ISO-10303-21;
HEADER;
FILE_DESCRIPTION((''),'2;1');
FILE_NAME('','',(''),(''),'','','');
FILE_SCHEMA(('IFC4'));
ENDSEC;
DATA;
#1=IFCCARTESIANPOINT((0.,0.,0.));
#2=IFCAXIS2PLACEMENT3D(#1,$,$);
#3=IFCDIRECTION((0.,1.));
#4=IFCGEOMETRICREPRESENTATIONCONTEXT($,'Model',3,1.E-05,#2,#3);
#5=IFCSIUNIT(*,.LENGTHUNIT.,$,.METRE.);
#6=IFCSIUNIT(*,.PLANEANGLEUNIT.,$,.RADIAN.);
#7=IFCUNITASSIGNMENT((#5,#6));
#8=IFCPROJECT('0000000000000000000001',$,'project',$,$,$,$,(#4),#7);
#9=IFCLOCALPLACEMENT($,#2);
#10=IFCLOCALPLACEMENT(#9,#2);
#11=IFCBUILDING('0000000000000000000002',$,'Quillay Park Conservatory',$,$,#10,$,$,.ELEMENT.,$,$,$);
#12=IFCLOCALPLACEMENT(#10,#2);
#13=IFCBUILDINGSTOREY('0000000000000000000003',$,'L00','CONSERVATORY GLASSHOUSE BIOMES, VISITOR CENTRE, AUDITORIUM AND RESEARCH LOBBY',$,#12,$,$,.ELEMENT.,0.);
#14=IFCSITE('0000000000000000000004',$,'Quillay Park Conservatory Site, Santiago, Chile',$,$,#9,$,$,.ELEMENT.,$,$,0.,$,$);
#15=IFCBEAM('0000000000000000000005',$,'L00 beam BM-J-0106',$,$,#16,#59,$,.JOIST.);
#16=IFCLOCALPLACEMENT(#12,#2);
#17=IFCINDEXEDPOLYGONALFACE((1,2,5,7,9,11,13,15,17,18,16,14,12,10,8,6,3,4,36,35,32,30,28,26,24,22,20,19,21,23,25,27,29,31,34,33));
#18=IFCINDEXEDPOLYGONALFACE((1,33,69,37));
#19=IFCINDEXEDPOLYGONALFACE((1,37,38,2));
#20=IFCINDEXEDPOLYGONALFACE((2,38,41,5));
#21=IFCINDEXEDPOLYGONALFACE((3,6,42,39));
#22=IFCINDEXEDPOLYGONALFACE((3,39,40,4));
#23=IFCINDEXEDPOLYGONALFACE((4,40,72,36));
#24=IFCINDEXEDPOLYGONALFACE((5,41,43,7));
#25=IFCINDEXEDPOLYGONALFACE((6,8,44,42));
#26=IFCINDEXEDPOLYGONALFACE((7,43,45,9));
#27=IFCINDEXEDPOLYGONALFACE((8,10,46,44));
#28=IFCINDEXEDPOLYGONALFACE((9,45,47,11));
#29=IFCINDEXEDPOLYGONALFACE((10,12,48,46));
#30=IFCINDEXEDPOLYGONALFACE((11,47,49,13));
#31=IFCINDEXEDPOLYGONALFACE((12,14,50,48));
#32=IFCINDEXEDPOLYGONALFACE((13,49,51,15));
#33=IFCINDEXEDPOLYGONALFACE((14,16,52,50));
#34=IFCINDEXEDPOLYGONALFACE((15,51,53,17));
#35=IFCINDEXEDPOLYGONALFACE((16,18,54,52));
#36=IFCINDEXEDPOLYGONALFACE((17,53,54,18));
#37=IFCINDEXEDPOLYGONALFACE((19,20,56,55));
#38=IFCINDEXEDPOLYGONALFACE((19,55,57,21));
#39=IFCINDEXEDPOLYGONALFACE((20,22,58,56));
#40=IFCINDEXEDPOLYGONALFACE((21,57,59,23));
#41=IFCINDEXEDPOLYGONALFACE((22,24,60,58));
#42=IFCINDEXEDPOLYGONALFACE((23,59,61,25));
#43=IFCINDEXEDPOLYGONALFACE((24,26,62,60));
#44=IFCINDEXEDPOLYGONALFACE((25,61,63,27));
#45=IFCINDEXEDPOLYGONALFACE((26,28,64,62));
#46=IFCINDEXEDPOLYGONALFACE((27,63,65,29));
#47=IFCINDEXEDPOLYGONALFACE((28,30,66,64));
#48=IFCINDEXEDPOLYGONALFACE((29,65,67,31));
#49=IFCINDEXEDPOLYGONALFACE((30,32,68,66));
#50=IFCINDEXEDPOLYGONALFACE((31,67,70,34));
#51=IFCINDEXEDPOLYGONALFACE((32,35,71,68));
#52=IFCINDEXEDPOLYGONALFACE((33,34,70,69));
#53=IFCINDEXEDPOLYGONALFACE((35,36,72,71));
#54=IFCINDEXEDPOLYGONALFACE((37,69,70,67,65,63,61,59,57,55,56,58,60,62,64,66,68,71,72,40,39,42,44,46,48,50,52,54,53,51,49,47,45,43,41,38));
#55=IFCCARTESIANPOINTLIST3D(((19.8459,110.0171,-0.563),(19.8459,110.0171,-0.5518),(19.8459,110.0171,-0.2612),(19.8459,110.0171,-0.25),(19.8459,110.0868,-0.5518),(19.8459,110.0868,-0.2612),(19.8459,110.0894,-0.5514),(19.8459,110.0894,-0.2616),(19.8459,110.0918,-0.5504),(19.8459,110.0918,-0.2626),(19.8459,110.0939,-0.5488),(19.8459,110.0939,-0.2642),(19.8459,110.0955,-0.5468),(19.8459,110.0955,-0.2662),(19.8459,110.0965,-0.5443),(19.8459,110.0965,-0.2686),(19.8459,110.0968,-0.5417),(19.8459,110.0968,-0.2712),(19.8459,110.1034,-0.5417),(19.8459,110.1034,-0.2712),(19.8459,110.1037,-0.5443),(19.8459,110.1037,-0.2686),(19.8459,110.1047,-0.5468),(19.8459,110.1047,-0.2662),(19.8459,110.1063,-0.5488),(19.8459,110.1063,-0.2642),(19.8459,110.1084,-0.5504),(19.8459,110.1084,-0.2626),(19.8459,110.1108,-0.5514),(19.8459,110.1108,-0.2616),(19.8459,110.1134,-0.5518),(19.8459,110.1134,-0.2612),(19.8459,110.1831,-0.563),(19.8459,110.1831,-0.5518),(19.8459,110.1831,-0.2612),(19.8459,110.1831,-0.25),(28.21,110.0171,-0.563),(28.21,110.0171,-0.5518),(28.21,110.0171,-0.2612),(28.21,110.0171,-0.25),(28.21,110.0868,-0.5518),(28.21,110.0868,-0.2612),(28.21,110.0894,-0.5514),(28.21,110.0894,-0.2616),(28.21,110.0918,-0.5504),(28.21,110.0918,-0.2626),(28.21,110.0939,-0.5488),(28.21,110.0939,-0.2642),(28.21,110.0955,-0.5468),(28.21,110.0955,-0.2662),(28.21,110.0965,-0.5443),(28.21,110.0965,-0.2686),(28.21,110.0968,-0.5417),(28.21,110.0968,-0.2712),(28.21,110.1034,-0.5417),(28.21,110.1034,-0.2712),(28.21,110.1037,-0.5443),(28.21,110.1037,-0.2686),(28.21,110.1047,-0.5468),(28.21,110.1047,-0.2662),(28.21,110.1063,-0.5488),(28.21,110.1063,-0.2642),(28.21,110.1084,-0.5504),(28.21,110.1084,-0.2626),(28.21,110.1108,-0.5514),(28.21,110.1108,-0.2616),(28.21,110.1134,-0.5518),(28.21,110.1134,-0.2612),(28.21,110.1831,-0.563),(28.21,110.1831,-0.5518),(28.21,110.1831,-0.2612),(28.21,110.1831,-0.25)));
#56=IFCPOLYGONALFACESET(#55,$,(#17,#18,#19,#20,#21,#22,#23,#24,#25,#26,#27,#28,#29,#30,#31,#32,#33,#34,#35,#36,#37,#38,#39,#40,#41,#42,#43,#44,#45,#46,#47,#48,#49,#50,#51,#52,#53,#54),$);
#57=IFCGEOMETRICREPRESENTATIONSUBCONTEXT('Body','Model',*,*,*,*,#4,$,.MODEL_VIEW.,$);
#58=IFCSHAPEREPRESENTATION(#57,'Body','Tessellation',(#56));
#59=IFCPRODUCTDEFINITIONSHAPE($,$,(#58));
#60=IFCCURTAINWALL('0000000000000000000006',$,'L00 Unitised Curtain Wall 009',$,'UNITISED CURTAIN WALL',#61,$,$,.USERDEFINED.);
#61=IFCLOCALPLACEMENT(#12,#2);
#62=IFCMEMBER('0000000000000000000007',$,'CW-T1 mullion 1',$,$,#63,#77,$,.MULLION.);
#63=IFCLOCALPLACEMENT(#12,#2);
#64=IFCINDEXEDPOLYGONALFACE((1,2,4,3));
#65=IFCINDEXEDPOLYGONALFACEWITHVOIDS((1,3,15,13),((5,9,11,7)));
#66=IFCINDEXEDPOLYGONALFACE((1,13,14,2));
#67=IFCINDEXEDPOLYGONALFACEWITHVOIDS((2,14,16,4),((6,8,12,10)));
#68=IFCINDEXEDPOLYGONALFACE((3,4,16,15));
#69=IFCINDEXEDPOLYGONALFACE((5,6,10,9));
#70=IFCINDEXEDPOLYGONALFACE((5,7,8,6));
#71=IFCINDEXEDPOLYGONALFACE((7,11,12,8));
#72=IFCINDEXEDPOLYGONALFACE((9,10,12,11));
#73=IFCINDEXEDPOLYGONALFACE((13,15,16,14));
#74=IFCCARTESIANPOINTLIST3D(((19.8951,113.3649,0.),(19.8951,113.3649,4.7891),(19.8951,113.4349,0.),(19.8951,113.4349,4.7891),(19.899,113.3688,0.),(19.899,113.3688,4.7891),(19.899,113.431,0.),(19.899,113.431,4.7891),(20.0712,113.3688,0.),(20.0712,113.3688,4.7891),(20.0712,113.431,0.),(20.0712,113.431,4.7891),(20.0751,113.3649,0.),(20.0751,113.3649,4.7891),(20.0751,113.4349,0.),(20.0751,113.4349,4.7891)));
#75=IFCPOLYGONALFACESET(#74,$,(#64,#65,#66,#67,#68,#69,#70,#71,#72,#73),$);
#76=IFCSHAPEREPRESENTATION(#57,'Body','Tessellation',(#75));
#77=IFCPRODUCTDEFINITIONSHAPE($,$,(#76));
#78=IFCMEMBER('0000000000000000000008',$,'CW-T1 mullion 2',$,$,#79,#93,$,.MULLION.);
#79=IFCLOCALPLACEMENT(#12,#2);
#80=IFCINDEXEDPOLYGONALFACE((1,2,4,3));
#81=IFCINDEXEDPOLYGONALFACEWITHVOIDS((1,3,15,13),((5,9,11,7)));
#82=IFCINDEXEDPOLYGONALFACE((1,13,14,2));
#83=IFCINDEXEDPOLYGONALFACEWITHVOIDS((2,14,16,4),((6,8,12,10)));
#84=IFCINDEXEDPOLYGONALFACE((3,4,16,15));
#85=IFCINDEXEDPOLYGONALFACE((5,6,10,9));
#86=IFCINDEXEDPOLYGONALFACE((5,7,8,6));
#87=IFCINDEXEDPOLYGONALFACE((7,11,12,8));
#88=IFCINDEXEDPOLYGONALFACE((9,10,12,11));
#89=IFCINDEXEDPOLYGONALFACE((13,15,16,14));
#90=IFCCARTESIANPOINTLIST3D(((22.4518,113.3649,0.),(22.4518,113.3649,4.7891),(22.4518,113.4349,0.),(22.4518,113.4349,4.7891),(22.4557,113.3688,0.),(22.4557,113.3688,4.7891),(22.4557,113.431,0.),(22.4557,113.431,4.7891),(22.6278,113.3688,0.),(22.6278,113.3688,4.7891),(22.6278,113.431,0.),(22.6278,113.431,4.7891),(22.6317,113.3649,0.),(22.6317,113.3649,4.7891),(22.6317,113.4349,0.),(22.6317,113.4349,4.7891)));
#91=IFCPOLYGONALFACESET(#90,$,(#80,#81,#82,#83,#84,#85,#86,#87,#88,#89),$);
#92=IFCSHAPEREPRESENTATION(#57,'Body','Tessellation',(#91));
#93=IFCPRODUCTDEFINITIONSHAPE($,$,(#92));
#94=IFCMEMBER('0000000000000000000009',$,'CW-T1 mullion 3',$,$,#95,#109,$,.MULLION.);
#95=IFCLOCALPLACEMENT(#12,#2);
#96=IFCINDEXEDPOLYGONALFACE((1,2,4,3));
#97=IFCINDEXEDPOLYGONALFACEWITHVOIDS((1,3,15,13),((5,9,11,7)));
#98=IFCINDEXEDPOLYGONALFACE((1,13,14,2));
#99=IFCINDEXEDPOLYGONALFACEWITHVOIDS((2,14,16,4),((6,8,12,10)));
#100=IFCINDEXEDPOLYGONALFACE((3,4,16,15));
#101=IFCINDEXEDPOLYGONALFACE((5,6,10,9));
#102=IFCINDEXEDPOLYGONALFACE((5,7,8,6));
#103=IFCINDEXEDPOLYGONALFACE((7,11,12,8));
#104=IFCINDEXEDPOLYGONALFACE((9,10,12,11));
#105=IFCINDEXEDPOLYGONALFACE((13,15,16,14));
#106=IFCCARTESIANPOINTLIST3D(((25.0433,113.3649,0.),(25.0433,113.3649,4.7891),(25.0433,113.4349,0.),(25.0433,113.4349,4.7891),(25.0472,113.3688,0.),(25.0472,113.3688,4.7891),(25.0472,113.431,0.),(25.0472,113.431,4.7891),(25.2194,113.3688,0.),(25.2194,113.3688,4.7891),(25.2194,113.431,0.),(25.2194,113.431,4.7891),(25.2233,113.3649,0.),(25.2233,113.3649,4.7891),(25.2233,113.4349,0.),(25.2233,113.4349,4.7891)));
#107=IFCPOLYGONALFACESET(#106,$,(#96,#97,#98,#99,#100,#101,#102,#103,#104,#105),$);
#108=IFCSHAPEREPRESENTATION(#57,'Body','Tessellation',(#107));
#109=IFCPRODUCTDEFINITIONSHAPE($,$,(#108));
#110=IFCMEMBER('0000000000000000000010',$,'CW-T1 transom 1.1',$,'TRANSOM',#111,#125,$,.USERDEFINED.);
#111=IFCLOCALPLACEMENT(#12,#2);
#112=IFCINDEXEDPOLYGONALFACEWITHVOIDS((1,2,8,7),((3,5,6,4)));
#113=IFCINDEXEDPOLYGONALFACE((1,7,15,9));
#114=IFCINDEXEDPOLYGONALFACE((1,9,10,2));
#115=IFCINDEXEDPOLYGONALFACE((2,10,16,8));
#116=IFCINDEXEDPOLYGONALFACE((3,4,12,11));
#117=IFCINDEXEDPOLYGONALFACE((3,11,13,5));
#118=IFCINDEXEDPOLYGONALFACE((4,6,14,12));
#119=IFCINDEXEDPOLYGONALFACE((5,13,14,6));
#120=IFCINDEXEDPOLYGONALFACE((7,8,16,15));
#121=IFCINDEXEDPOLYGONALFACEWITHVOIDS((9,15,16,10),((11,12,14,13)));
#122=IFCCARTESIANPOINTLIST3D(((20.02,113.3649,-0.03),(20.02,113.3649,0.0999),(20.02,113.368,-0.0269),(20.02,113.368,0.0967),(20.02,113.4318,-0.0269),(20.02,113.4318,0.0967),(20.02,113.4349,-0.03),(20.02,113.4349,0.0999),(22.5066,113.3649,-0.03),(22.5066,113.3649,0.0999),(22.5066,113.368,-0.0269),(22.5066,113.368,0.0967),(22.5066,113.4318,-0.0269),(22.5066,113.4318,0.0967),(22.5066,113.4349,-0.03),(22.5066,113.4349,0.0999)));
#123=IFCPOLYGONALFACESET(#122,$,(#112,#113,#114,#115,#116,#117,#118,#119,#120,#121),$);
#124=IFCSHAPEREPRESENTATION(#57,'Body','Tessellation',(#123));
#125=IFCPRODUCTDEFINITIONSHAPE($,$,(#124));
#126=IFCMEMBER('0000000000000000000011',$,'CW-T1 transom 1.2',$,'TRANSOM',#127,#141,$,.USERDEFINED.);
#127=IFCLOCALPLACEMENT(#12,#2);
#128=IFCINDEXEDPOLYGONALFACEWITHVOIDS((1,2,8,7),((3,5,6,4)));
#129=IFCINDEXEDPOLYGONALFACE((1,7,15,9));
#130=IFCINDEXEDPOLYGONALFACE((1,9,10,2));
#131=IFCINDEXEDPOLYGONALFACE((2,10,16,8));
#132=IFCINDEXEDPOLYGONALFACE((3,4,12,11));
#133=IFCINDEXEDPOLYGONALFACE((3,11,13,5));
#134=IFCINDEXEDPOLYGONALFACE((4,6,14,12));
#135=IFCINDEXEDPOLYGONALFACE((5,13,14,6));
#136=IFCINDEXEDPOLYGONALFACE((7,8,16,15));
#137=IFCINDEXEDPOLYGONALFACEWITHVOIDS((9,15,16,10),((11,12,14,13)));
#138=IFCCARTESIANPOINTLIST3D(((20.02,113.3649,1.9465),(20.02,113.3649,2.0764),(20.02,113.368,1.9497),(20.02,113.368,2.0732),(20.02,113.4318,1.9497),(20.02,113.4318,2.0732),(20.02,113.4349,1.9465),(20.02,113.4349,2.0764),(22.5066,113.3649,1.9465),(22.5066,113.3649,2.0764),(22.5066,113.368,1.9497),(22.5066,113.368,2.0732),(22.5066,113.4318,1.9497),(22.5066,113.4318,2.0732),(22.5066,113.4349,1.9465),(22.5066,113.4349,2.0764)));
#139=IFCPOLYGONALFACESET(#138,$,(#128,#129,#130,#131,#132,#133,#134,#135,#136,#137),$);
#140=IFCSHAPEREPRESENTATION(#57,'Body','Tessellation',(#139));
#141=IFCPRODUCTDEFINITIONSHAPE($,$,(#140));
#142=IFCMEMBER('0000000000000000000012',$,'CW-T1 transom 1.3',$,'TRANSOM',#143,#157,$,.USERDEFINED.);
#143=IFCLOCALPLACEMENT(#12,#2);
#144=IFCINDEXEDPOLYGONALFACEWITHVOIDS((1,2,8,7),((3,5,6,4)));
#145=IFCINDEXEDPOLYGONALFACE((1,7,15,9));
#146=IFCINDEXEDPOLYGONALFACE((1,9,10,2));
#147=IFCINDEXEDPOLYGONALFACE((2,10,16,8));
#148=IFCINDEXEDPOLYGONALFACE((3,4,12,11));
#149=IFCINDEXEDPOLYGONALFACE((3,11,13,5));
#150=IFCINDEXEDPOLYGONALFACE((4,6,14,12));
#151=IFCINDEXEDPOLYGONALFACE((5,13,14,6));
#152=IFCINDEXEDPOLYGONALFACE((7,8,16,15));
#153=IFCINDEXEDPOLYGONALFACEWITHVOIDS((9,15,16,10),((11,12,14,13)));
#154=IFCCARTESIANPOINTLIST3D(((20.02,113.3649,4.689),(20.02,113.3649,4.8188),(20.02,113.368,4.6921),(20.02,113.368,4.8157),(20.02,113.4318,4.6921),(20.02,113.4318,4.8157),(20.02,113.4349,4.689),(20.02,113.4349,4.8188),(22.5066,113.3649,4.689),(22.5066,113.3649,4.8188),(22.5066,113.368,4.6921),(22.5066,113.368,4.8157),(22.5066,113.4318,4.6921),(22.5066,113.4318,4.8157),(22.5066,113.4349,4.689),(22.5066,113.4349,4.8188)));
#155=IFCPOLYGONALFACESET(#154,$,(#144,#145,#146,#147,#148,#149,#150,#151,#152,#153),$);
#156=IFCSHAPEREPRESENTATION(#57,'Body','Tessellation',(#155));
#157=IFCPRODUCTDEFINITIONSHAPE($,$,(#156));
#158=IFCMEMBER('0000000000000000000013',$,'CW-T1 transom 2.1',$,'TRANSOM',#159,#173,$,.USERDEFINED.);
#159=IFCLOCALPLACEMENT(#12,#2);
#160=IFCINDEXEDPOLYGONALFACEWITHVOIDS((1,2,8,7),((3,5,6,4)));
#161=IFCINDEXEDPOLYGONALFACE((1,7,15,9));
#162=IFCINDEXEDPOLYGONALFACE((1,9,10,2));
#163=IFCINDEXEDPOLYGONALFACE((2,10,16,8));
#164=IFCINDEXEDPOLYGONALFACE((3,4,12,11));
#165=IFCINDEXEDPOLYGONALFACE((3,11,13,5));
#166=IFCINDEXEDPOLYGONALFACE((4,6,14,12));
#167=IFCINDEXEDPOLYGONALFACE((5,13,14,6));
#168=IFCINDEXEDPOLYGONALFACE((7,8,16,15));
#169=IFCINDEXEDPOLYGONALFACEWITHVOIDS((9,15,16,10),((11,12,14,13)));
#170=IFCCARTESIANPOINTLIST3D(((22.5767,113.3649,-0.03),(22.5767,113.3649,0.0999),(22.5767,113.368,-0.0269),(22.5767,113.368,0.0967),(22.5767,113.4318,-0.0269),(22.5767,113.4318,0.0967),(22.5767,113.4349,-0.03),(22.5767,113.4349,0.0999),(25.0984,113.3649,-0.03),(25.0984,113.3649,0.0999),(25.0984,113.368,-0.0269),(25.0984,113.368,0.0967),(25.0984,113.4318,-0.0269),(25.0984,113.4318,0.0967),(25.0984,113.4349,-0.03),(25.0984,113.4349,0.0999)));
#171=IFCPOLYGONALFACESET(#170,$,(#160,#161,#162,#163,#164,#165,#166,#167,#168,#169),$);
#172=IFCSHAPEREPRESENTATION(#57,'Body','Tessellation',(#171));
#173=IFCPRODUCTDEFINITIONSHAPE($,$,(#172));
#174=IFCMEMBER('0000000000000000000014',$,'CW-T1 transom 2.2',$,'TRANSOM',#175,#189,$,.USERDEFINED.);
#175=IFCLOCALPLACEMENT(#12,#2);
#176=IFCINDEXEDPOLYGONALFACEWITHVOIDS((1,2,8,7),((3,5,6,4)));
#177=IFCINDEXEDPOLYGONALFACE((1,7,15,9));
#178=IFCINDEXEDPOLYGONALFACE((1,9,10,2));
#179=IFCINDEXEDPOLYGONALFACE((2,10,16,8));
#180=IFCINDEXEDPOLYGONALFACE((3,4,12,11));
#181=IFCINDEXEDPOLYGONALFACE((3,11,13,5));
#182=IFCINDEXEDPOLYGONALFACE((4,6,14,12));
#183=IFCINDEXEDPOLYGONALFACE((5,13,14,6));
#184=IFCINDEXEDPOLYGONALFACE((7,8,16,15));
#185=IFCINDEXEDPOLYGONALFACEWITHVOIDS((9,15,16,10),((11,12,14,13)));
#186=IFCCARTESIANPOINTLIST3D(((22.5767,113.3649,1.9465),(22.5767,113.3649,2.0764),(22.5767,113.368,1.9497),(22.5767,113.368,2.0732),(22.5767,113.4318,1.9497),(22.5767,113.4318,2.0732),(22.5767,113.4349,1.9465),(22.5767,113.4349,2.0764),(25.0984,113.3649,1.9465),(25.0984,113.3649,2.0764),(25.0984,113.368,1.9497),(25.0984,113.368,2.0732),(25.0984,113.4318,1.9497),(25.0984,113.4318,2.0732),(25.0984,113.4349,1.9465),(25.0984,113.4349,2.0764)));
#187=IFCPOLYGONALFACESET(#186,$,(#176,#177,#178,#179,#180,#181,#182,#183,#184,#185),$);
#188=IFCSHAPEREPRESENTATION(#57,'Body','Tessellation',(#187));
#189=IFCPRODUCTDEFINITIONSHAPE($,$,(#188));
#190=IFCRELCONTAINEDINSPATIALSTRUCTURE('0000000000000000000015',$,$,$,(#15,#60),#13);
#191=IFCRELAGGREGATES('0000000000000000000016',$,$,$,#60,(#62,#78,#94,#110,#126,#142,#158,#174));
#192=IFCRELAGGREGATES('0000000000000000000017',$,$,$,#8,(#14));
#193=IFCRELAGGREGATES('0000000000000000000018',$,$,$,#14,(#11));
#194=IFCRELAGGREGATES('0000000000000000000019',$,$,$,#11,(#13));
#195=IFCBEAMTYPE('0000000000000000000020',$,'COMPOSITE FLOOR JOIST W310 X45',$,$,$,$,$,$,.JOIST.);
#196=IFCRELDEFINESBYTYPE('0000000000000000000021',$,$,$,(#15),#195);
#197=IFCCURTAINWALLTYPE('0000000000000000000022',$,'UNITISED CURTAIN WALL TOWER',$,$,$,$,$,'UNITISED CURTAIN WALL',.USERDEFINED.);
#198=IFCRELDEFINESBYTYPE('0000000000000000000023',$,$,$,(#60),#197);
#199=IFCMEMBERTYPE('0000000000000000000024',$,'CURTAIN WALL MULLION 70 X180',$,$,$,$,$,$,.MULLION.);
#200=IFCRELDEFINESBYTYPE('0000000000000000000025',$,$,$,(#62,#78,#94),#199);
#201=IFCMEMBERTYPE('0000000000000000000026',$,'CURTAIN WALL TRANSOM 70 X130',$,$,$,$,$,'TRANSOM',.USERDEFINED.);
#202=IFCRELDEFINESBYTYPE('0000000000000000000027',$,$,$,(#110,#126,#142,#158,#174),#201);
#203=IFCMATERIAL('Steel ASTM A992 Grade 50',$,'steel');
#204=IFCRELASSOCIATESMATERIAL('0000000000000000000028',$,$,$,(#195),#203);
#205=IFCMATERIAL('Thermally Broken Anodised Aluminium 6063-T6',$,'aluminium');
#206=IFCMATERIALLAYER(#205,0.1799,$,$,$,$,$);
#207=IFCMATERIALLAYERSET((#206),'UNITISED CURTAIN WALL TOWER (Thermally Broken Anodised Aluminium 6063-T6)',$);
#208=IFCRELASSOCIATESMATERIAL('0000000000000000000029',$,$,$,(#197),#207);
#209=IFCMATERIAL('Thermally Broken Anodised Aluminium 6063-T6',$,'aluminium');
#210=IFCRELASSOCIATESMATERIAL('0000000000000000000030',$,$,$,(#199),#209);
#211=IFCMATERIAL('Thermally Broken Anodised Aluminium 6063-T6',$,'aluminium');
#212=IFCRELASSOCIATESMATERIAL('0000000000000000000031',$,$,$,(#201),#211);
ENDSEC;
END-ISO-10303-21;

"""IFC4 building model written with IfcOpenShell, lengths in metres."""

from ifc_helpers import new_model, si_unit, direction, frame, origin, origin_2d, place, context, subcontext, project, spatial, hollow_rectangle, i_section, extrude, material, layer, layer_set, material_profile, profile_set, type_object, element, aggregate, save


model = new_model("IFC4")

# Units and contexts
model_context = context("Model", 3, precision=1e-05, world=origin(), true_north=direction((0.0, 1.0)))
body_context = subcontext(model_context, "Body", "Model", "MODEL_VIEW")
ifc_project = project(units=[si_unit("LENGTHUNIT", "METRE"), si_unit("PLANEANGLEUNIT", "RADIAN")], contexts=[model_context])

# Site, building, storey
site_placement = place(None, origin())
site = spatial("IfcSite", under=ifc_project, at=site_placement, Name="Quillay Park Conservatory Site, Santiago, Chile", CompositionType="ELEMENT", RefElevation=0.0)
building_placement = place(site_placement, origin())
building = spatial("IfcBuilding", under=site, at=building_placement, Name="Quillay Park Conservatory", CompositionType="ELEMENT")
storey_placement = place(building_placement, origin())
storey = spatial("IfcBuildingStorey", under=building, at=storey_placement, Name="L00", Description="CONSERVATORY GLASSHOUSE BIOMES, VISITOR CENTRE, AUDITORIUM AND RESEARCH LOBBY", CompositionType="ELEMENT", Elevation=0.0)

# Beam
ifc_material_1 = material(Name="Steel ASTM A992 Grade 50", Category="steel")
ifc_material_profile_1 = material_profile(ifc_material_1, i_section(OverallWidth=0.166, OverallDepth=0.313, WebThickness=0.0066, FlangeThickness=0.0112, FilletRadius=0.01, at=origin_2d()), Name="W310x45")
ifc_profile_set_1 = profile_set([ifc_material_profile_1], Name="Steel ASTM A992 Grade 50")
beam_type_1 = type_object("IfcBeamType", Name="COMPOSITE FLOOR JOIST W310 X45", PredefinedType="JOIST", material=ifc_profile_set_1)
beam_1_placement = place(storey_placement, frame((19.8459, 110.1001, -0.4065), z_axis=(1.0, 0.0, 0.0), x_axis=(0.0, 1.0, 0.0)))
element("IfcBeam", 1, at=beam_1_placement, inside=storey, type_object=beam_type_1, Name="L00 beam BM-J-0106", PredefinedType="JOIST", context=body_context, shape_type="SweptSolid", body=[
    extrude(i_section(OverallWidth=0.166, OverallDepth=0.313, WebThickness=0.0066, FlangeThickness=0.0112, FilletRadius=0.01, at=origin_2d()), origin(), (0.0, 0.0, 1.0), 8.364),
])

# Curtain wall, members
ifc_material_2 = material(Name="Thermally Broken Anodised Aluminium 6063-T6", Category="aluminium")
ifc_layer_1 = layer(ifc_material_2, 0.1799)
ifc_layer_set_1 = layer_set([ifc_layer_1], Name="UNITISED CURTAIN WALL TOWER (Thermally Broken Anodised Aluminium 6063-T6)")
curtain_wall_type = type_object("IfcCurtainWallType", Name="UNITISED CURTAIN WALL TOWER", ElementType="UNITISED CURTAIN WALL", PredefinedType="USERDEFINED", material=ifc_layer_set_1)
curtain_wall_placement = place(storey_placement, origin())
curtain_wall = element("IfcCurtainWall", 2, at=curtain_wall_placement, inside=storey, type_object=curtain_wall_type, Name="L00 Unitised Curtain Wall 009", ObjectType="UNITISED CURTAIN WALL", PredefinedType="USERDEFINED")
ifc_material_3 = material(Name="Thermally Broken Anodised Aluminium 6063-T6", Category="aluminium")
ifc_material_profile_2 = material_profile(ifc_material_3, hollow_rectangle(XDim=0.0701, YDim=0.1799, WallThickness=0.0039, at=origin_2d()), Name="AL70x180x4")
ifc_profile_set_2 = profile_set([ifc_material_profile_2], Name="Thermally Broken Anodised Aluminium 6063-T6")
member_type_1 = type_object("IfcMemberType", Name="CURTAIN WALL MULLION 70 X180", PredefinedType="MULLION", material=ifc_profile_set_2)
member_1_placement = place(storey_placement, frame((19.9851, 113.3999, 0.0), z_axis=(0.0, 0.0, 1.0), x_axis=(0.0, 1.0, 0.0)))
member_1 = element("IfcMember", 3, at=member_1_placement, type_object=member_type_1, Name="CW-T1 mullion 1", PredefinedType="MULLION", context=body_context, shape_type="SweptSolid", body=[
    extrude(hollow_rectangle(XDim=0.0701, YDim=0.1799, WallThickness=0.0039, at=origin_2d()), origin(), (0.0, 0.0, 1.0), 4.7891),
])
member_2_placement = place(storey_placement, frame((22.5417, 113.3999, 0.0), z_axis=(0.0, 0.0, 1.0), x_axis=(0.0, 1.0, 0.0)))
member_2 = element("IfcMember", 4, at=member_2_placement, type_object=member_type_1, Name="CW-T1 mullion 2", PredefinedType="MULLION", context=body_context, shape_type="SweptSolid", body=[
    extrude(hollow_rectangle(XDim=0.0701, YDim=0.1799, WallThickness=0.0039, at=origin_2d()), origin(), (0.0, 0.0, 1.0), 4.7891),
])
member_3_placement = place(storey_placement, frame((25.1333, 113.3999, 0.0), z_axis=(0.0, 0.0, 1.0), x_axis=(0.0, 1.0, 0.0)))
member_3 = element("IfcMember", 5, at=member_3_placement, type_object=member_type_1, Name="CW-T1 mullion 3", PredefinedType="MULLION", context=body_context, shape_type="SweptSolid", body=[
    extrude(hollow_rectangle(XDim=0.0701, YDim=0.1799, WallThickness=0.0039, at=origin_2d()), origin(), (0.0, 0.0, 1.0), 4.7891),
])
ifc_material_4 = material(Name="Thermally Broken Anodised Aluminium 6063-T6", Category="aluminium")
ifc_material_profile_3 = material_profile(ifc_material_4, hollow_rectangle(XDim=0.0701, YDim=0.1299, WallThickness=0.0032, at=origin_2d()), Name="AL70x130x3.2")
ifc_profile_set_3 = profile_set([ifc_material_profile_3], Name="Thermally Broken Anodised Aluminium 6063-T6")
member_type_2 = type_object("IfcMemberType", Name="CURTAIN WALL TRANSOM 70 X130", ElementType="TRANSOM", PredefinedType="USERDEFINED", material=ifc_profile_set_3)
member_4_placement = place(storey_placement, frame((20.02, 113.3999, 0.0349), z_axis=(1.0, 0.0, 0.0), x_axis=(0.0, 1.0, 0.0)))
member_4 = element("IfcMember", 6, at=member_4_placement, type_object=member_type_2, Name="CW-T1 transom 1.1", ObjectType="TRANSOM", PredefinedType="USERDEFINED", context=body_context, shape_type="SweptSolid", body=[
    extrude(hollow_rectangle(XDim=0.0701, YDim=0.1299, WallThickness=0.0032, at=origin_2d()), origin(), (0.0, 0.0, 1.0), 2.4866),
])
member_5_placement = place(storey_placement, frame((20.02, 113.3999, 2.0115), z_axis=(1.0, 0.0, 0.0), x_axis=(0.0, 1.0, 0.0)))
member_5 = element("IfcMember", 7, at=member_5_placement, type_object=member_type_2, Name="CW-T1 transom 1.2", ObjectType="TRANSOM", PredefinedType="USERDEFINED", context=body_context, shape_type="SweptSolid", body=[
    extrude(hollow_rectangle(XDim=0.0701, YDim=0.1299, WallThickness=0.0032, at=origin_2d()), origin(), (0.0, 0.0, 1.0), 2.4866),
])
member_6_placement = place(storey_placement, frame((20.02, 113.3999, 4.7539), z_axis=(1.0, 0.0, 0.0), x_axis=(0.0, 1.0, 0.0)))
member_6 = element("IfcMember", 8, at=member_6_placement, type_object=member_type_2, Name="CW-T1 transom 1.3", ObjectType="TRANSOM", PredefinedType="USERDEFINED", context=body_context, shape_type="SweptSolid", body=[
    extrude(hollow_rectangle(XDim=0.0701, YDim=0.1299, WallThickness=0.0032, at=origin_2d()), origin(), (0.0, 0.0, 1.0), 2.4866),
])
member_7_placement = place(storey_placement, frame((22.5767, 113.3999, 0.0349), z_axis=(1.0, 0.0, 0.0), x_axis=(0.0, 1.0, 0.0)))
member_7 = element("IfcMember", 9, at=member_7_placement, type_object=member_type_2, Name="CW-T1 transom 2.1", ObjectType="TRANSOM", PredefinedType="USERDEFINED", context=body_context, shape_type="SweptSolid", body=[
    extrude(hollow_rectangle(XDim=0.0701, YDim=0.1299, WallThickness=0.0032, at=origin_2d()), origin(), (0.0, 0.0, 1.0), 2.5217),
])
member_8_placement = place(storey_placement, frame((22.5767, 113.3999, 2.0115), z_axis=(1.0, 0.0, 0.0), x_axis=(0.0, 1.0, 0.0)))
member_8 = element("IfcMember", 10, at=member_8_placement, type_object=member_type_2, Name="CW-T1 transom 2.2", ObjectType="TRANSOM", PredefinedType="USERDEFINED", context=body_context, shape_type="SweptSolid", body=[
    extrude(hollow_rectangle(XDim=0.0701, YDim=0.1299, WallThickness=0.0032, at=origin_2d()), origin(), (0.0, 0.0, 1.0), 2.5217),
])

aggregate(curtain_wall, [member_1, member_2, member_3, member_4, member_5, member_6, member_7, member_8])

save(model, "model.ifc")
